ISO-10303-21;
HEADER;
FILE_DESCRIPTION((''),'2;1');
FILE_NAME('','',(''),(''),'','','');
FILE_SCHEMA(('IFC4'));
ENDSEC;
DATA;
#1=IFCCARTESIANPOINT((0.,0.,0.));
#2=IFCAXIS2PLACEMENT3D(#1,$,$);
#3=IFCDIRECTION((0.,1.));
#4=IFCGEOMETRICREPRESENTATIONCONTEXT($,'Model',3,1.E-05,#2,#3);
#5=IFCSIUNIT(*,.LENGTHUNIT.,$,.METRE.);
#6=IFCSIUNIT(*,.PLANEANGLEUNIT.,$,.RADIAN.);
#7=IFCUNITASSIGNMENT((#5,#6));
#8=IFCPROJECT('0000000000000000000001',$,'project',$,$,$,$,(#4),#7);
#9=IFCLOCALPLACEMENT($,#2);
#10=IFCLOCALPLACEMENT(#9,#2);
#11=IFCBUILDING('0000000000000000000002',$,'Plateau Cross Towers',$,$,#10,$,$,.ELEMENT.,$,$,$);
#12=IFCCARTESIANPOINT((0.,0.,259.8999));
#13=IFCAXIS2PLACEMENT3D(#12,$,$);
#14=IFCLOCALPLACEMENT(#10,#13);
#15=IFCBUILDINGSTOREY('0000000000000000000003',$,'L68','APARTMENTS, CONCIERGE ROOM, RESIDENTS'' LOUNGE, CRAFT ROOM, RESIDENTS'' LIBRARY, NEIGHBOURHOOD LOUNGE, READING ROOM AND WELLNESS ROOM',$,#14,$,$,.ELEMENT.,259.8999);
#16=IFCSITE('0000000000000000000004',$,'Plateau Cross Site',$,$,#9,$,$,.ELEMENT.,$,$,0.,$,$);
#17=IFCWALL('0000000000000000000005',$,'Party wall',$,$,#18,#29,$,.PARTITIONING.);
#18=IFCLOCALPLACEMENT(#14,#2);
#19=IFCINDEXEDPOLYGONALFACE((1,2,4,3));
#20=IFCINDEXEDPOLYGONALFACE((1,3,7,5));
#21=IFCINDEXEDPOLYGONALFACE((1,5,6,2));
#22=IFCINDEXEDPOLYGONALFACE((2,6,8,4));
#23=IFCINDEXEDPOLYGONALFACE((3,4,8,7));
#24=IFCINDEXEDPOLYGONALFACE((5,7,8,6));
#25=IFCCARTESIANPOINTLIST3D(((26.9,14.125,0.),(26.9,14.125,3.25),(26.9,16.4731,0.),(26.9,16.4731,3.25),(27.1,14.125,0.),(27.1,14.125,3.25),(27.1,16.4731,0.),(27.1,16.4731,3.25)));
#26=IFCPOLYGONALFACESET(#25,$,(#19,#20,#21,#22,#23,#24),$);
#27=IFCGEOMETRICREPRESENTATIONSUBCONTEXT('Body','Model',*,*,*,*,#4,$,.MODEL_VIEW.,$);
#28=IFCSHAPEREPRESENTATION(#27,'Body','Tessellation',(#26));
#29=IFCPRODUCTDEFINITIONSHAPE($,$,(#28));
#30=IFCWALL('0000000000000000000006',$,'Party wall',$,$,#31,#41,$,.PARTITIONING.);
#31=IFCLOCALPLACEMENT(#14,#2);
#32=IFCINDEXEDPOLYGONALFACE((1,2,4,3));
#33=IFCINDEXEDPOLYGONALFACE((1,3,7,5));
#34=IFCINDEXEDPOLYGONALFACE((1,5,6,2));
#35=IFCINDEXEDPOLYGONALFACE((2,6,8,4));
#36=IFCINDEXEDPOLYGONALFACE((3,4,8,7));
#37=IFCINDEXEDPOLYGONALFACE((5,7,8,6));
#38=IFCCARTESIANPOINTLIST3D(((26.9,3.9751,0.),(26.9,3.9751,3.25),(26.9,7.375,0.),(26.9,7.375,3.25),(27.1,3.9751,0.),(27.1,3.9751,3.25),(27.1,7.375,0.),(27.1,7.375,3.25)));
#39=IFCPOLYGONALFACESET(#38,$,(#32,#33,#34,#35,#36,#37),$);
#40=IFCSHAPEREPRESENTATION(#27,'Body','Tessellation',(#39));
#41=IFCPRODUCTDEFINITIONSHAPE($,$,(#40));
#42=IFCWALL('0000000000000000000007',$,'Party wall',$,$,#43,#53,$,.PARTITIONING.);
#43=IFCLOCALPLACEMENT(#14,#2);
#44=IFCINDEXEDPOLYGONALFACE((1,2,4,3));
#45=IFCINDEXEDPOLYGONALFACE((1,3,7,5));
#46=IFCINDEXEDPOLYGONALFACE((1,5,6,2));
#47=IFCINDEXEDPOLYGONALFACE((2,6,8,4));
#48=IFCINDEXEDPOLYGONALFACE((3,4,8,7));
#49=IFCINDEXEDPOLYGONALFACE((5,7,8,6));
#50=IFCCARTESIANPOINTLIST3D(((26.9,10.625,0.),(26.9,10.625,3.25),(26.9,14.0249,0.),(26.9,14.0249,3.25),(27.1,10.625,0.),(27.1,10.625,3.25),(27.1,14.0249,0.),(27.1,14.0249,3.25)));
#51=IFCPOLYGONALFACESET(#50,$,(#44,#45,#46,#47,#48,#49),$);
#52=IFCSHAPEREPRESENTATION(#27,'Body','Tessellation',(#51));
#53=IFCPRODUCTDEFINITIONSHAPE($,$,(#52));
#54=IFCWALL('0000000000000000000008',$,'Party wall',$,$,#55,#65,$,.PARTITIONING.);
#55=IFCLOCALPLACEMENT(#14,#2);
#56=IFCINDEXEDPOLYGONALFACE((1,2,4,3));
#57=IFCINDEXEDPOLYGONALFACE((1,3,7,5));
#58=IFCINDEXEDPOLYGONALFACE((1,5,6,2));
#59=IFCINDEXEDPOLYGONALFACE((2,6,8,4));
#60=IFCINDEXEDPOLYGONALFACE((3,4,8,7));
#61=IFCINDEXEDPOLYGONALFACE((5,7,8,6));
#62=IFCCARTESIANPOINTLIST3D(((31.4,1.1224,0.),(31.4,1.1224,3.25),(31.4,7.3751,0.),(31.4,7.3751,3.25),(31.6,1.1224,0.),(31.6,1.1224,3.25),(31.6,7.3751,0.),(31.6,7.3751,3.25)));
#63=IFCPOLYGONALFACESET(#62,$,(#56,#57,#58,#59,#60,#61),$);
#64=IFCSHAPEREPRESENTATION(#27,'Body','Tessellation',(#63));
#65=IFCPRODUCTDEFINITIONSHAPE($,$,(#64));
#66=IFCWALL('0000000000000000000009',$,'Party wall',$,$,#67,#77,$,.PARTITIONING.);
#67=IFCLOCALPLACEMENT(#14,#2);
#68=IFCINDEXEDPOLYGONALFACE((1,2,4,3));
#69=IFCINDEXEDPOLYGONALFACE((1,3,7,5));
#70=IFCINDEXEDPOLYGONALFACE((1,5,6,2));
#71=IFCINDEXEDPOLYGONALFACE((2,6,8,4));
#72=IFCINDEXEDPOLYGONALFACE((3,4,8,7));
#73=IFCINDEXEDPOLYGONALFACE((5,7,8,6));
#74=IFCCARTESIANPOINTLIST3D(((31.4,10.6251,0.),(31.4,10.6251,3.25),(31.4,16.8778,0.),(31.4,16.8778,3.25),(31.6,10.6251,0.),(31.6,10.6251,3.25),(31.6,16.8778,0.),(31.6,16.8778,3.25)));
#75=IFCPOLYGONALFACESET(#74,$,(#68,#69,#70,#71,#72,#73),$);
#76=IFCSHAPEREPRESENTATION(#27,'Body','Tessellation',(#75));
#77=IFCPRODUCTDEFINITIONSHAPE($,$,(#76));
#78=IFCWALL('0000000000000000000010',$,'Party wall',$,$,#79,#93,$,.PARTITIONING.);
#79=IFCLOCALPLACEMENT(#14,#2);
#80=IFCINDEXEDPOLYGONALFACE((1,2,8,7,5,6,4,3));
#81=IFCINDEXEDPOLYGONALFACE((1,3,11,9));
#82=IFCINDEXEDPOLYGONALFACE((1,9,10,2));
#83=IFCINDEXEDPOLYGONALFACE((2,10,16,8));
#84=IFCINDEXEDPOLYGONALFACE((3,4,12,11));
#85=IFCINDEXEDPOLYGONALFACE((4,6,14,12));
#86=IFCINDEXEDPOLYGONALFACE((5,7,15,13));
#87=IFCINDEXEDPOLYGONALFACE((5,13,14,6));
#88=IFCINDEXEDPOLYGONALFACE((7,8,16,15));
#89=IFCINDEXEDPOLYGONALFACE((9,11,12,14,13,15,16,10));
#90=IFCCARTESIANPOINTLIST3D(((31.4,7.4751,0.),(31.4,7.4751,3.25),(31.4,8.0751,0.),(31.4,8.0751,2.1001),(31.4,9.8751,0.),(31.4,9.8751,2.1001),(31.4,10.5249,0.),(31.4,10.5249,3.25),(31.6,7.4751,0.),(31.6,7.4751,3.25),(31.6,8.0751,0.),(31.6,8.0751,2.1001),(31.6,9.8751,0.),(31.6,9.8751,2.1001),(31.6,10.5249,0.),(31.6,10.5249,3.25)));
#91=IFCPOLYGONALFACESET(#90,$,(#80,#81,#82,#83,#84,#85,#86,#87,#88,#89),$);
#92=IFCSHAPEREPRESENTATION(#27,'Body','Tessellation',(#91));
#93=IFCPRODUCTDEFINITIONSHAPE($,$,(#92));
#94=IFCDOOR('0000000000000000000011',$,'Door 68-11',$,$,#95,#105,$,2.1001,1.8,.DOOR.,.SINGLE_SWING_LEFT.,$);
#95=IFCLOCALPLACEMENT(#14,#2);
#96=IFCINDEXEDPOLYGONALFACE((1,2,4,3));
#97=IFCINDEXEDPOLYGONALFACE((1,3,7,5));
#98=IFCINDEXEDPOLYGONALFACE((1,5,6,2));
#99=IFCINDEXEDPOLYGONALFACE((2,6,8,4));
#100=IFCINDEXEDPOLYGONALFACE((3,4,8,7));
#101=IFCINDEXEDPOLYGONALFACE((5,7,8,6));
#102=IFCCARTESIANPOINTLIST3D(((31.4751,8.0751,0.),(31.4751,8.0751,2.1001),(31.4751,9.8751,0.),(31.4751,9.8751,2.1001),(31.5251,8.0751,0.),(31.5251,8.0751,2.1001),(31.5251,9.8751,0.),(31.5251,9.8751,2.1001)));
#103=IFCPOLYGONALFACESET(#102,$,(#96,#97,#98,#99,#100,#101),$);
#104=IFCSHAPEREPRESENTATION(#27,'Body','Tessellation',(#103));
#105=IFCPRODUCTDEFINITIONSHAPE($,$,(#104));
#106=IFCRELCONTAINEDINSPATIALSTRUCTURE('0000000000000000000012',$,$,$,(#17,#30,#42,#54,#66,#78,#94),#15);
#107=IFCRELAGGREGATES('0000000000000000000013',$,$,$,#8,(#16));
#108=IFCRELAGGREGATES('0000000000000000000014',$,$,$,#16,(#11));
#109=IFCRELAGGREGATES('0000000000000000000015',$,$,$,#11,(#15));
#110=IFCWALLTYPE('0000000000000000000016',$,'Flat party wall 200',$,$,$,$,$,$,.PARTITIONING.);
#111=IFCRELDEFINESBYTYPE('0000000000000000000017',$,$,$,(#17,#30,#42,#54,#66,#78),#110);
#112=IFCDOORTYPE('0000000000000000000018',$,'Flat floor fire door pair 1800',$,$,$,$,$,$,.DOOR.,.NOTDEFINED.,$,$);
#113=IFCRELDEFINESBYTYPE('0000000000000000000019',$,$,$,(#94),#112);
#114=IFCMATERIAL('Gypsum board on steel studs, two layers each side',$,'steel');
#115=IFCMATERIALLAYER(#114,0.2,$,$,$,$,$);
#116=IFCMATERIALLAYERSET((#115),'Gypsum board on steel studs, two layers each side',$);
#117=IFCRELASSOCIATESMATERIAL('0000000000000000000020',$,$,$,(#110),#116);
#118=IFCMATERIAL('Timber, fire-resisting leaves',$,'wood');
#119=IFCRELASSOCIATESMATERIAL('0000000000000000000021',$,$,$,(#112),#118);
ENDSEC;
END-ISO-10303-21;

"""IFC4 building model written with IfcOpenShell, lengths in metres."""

from ifc_helpers import new_model, si_unit, direction, frame, frame_2d, origin, place, context, subcontext, project, spatial, rectangle, extrude, material, layer, layer_set, type_object, element, fill, save


model = new_model("IFC4")

# Units and contexts
model_context = context("Model", 3, precision=1e-05, world=origin(), true_north=direction((0.0, 1.0)))
body_context = subcontext(model_context, "Body", "Model", "MODEL_VIEW")
ifc_project = project(units=[si_unit("LENGTHUNIT", "METRE"), si_unit("PLANEANGLEUNIT", "RADIAN")], contexts=[model_context])

# Site, building, storey
site_placement = place(None, origin())
site = spatial("IfcSite", under=ifc_project, at=site_placement, Name="Plateau Cross Site", CompositionType="ELEMENT", RefElevation=0.0)
building_placement = place(site_placement, origin())
building = spatial("IfcBuilding", under=site, at=building_placement, Name="Plateau Cross Towers", CompositionType="ELEMENT")
storey_placement = place(building_placement, frame((0.0, 0.0, 259.8999)))
storey = spatial("IfcBuildingStorey", under=building, at=storey_placement, Name="L68", Description="APARTMENTS, CONCIERGE ROOM, RESIDENTS' LOUNGE, CRAFT ROOM, RESIDENTS' LIBRARY, NEIGHBOURHOOD LOUNGE, READING ROOM AND WELLNESS ROOM", CompositionType="ELEMENT", Elevation=259.8999)

# Walls
ifc_material_1 = material(Name="Gypsum board on steel studs, two layers each side", Category="steel")
ifc_layer_1 = layer(ifc_material_1, 0.2)
ifc_layer_set_1 = layer_set([ifc_layer_1], Name="Gypsum board on steel studs, two layers each side")
wall_type_1 = type_object("IfcWallType", Name="Flat party wall 200", PredefinedType="PARTITIONING", material=ifc_layer_set_1)
for number, where, z_axis, x_axis, name in (
    (1, (27.0, 16.4731, 0.0), (0.0, 0.0, 1.0), (0.0, -1.0, 0.0), "Party wall"),
):
    element("IfcWall", number, at=place(storey_placement, frame(where, z_axis=z_axis, x_axis=x_axis)), inside=storey, type_object=wall_type_1, Name=name, PredefinedType="PARTITIONING", context=body_context, shape_type="SweptSolid", body=[
        extrude(rectangle(XDim=2.3481, YDim=0.2, at=frame_2d((1.1741, 0.0))), origin(), (0.0, 0.0, 1.0), 3.25),
    ])
for number, where, z_axis, x_axis, name in (
    (2, (27.0, 3.9751, 0.0), (0.0, 0.0, 1.0), (0.0, 1.0, 0.0), "Party wall"),
    (3, (27.0, 10.625, 0.0), (0.0, 0.0, 1.0), (0.0, 1.0, 0.0), "Party wall"),
):
    element("IfcWall", number, at=place(storey_placement, frame(where, z_axis=z_axis, x_axis=x_axis)), inside=storey, type_object=wall_type_1, Name=name, PredefinedType="PARTITIONING", context=body_context, shape_type="SweptSolid", body=[
        extrude(rectangle(XDim=3.3999, YDim=0.2, at=frame_2d((1.7, 0.0))), origin(), (0.0, 0.0, 1.0), 3.25),
    ])
for number, where, z_axis, x_axis, name in (
    (4, (31.5, 1.1223, 0.0), (0.0, 0.0, 1.0), (0.0, 1.0, 0.0), "Party wall"),
    (5, (31.5, 10.625, 0.0), (0.0, 0.0, 1.0), (0.0, 1.0, 0.0), "Party wall"),
):
    element("IfcWall", number, at=place(storey_placement, frame(where, z_axis=z_axis, x_axis=x_axis)), inside=storey, type_object=wall_type_1, Name=name, PredefinedType="PARTITIONING", context=body_context, shape_type="SweptSolid", body=[
        extrude(rectangle(XDim=6.2527, YDim=0.2, at=frame_2d((3.1265, 0.0))), origin(), (0.0, 0.0, 1.0), 3.25),
    ])

# Wall, opening, door
wall_1_placement = place(storey_placement, frame((31.5, 7.4751, 0.0), z_axis=(0.0, 0.0, 1.0), x_axis=(0.0, 1.0, 0.0)))
wall_1 = element("IfcWall", 6, at=wall_1_placement, inside=storey, type_object=wall_type_1, Name="Party wall", PredefinedType="PARTITIONING", context=body_context, shape_type="SweptSolid", body=[
    extrude(rectangle(XDim=3.0498, YDim=0.2, at=frame_2d((1.5249, 0.0))), origin(), (0.0, 0.0, 1.0), 3.25),
])
opening_1_placement = place(wall_1_placement, frame((0.6001, 0.0, 0.0)))
opening_1 = element("IfcOpeningElement", 7, at=opening_1_placement, cuts=wall_1, PredefinedType="OPENING", context=body_context, shape_type="SweptSolid", body=[
    extrude(rectangle(XDim=1.8, YDim=2.1001, at=frame_2d((0.8999, 1.05))), frame((0.0, 0.1099, 0.0), z_axis=(0.0, -1.0, 0.0), x_axis=(1.0, 0.0, 0.0)), (0.0, 0.0, 1.0), 0.22),
])
ifc_material_2 = material(Name="Timber, fire-resisting leaves", Category="wood")
door_type_1 = type_object("IfcDoorType", Name="Flat floor fire door pair 1800", OperationType="NOTDEFINED", PredefinedType="DOOR", material=ifc_material_2)
door_1_placement = place(opening_1_placement, origin())
door_1 = element("IfcDoor", 8, at=door_1_placement, inside=storey, type_object=door_type_1, Name="Door 68-11", OperationType="SINGLE_SWING_LEFT", OverallHeight=2.1001, OverallWidth=1.8, PredefinedType="DOOR", context=body_context, shape_type="SweptSolid", body=[
    extrude(rectangle(XDim=1.8, YDim=2.1001, at=frame_2d((0.8999, 1.05))), frame((0.0, 0.0249, 0.0), z_axis=(0.0, -1.0, 0.0), x_axis=(1.0, 0.0, 0.0)), (0.0, 0.0, 1.0), 0.05),
])
fill(opening_1, door_1)

save(model, "model.ifc")
